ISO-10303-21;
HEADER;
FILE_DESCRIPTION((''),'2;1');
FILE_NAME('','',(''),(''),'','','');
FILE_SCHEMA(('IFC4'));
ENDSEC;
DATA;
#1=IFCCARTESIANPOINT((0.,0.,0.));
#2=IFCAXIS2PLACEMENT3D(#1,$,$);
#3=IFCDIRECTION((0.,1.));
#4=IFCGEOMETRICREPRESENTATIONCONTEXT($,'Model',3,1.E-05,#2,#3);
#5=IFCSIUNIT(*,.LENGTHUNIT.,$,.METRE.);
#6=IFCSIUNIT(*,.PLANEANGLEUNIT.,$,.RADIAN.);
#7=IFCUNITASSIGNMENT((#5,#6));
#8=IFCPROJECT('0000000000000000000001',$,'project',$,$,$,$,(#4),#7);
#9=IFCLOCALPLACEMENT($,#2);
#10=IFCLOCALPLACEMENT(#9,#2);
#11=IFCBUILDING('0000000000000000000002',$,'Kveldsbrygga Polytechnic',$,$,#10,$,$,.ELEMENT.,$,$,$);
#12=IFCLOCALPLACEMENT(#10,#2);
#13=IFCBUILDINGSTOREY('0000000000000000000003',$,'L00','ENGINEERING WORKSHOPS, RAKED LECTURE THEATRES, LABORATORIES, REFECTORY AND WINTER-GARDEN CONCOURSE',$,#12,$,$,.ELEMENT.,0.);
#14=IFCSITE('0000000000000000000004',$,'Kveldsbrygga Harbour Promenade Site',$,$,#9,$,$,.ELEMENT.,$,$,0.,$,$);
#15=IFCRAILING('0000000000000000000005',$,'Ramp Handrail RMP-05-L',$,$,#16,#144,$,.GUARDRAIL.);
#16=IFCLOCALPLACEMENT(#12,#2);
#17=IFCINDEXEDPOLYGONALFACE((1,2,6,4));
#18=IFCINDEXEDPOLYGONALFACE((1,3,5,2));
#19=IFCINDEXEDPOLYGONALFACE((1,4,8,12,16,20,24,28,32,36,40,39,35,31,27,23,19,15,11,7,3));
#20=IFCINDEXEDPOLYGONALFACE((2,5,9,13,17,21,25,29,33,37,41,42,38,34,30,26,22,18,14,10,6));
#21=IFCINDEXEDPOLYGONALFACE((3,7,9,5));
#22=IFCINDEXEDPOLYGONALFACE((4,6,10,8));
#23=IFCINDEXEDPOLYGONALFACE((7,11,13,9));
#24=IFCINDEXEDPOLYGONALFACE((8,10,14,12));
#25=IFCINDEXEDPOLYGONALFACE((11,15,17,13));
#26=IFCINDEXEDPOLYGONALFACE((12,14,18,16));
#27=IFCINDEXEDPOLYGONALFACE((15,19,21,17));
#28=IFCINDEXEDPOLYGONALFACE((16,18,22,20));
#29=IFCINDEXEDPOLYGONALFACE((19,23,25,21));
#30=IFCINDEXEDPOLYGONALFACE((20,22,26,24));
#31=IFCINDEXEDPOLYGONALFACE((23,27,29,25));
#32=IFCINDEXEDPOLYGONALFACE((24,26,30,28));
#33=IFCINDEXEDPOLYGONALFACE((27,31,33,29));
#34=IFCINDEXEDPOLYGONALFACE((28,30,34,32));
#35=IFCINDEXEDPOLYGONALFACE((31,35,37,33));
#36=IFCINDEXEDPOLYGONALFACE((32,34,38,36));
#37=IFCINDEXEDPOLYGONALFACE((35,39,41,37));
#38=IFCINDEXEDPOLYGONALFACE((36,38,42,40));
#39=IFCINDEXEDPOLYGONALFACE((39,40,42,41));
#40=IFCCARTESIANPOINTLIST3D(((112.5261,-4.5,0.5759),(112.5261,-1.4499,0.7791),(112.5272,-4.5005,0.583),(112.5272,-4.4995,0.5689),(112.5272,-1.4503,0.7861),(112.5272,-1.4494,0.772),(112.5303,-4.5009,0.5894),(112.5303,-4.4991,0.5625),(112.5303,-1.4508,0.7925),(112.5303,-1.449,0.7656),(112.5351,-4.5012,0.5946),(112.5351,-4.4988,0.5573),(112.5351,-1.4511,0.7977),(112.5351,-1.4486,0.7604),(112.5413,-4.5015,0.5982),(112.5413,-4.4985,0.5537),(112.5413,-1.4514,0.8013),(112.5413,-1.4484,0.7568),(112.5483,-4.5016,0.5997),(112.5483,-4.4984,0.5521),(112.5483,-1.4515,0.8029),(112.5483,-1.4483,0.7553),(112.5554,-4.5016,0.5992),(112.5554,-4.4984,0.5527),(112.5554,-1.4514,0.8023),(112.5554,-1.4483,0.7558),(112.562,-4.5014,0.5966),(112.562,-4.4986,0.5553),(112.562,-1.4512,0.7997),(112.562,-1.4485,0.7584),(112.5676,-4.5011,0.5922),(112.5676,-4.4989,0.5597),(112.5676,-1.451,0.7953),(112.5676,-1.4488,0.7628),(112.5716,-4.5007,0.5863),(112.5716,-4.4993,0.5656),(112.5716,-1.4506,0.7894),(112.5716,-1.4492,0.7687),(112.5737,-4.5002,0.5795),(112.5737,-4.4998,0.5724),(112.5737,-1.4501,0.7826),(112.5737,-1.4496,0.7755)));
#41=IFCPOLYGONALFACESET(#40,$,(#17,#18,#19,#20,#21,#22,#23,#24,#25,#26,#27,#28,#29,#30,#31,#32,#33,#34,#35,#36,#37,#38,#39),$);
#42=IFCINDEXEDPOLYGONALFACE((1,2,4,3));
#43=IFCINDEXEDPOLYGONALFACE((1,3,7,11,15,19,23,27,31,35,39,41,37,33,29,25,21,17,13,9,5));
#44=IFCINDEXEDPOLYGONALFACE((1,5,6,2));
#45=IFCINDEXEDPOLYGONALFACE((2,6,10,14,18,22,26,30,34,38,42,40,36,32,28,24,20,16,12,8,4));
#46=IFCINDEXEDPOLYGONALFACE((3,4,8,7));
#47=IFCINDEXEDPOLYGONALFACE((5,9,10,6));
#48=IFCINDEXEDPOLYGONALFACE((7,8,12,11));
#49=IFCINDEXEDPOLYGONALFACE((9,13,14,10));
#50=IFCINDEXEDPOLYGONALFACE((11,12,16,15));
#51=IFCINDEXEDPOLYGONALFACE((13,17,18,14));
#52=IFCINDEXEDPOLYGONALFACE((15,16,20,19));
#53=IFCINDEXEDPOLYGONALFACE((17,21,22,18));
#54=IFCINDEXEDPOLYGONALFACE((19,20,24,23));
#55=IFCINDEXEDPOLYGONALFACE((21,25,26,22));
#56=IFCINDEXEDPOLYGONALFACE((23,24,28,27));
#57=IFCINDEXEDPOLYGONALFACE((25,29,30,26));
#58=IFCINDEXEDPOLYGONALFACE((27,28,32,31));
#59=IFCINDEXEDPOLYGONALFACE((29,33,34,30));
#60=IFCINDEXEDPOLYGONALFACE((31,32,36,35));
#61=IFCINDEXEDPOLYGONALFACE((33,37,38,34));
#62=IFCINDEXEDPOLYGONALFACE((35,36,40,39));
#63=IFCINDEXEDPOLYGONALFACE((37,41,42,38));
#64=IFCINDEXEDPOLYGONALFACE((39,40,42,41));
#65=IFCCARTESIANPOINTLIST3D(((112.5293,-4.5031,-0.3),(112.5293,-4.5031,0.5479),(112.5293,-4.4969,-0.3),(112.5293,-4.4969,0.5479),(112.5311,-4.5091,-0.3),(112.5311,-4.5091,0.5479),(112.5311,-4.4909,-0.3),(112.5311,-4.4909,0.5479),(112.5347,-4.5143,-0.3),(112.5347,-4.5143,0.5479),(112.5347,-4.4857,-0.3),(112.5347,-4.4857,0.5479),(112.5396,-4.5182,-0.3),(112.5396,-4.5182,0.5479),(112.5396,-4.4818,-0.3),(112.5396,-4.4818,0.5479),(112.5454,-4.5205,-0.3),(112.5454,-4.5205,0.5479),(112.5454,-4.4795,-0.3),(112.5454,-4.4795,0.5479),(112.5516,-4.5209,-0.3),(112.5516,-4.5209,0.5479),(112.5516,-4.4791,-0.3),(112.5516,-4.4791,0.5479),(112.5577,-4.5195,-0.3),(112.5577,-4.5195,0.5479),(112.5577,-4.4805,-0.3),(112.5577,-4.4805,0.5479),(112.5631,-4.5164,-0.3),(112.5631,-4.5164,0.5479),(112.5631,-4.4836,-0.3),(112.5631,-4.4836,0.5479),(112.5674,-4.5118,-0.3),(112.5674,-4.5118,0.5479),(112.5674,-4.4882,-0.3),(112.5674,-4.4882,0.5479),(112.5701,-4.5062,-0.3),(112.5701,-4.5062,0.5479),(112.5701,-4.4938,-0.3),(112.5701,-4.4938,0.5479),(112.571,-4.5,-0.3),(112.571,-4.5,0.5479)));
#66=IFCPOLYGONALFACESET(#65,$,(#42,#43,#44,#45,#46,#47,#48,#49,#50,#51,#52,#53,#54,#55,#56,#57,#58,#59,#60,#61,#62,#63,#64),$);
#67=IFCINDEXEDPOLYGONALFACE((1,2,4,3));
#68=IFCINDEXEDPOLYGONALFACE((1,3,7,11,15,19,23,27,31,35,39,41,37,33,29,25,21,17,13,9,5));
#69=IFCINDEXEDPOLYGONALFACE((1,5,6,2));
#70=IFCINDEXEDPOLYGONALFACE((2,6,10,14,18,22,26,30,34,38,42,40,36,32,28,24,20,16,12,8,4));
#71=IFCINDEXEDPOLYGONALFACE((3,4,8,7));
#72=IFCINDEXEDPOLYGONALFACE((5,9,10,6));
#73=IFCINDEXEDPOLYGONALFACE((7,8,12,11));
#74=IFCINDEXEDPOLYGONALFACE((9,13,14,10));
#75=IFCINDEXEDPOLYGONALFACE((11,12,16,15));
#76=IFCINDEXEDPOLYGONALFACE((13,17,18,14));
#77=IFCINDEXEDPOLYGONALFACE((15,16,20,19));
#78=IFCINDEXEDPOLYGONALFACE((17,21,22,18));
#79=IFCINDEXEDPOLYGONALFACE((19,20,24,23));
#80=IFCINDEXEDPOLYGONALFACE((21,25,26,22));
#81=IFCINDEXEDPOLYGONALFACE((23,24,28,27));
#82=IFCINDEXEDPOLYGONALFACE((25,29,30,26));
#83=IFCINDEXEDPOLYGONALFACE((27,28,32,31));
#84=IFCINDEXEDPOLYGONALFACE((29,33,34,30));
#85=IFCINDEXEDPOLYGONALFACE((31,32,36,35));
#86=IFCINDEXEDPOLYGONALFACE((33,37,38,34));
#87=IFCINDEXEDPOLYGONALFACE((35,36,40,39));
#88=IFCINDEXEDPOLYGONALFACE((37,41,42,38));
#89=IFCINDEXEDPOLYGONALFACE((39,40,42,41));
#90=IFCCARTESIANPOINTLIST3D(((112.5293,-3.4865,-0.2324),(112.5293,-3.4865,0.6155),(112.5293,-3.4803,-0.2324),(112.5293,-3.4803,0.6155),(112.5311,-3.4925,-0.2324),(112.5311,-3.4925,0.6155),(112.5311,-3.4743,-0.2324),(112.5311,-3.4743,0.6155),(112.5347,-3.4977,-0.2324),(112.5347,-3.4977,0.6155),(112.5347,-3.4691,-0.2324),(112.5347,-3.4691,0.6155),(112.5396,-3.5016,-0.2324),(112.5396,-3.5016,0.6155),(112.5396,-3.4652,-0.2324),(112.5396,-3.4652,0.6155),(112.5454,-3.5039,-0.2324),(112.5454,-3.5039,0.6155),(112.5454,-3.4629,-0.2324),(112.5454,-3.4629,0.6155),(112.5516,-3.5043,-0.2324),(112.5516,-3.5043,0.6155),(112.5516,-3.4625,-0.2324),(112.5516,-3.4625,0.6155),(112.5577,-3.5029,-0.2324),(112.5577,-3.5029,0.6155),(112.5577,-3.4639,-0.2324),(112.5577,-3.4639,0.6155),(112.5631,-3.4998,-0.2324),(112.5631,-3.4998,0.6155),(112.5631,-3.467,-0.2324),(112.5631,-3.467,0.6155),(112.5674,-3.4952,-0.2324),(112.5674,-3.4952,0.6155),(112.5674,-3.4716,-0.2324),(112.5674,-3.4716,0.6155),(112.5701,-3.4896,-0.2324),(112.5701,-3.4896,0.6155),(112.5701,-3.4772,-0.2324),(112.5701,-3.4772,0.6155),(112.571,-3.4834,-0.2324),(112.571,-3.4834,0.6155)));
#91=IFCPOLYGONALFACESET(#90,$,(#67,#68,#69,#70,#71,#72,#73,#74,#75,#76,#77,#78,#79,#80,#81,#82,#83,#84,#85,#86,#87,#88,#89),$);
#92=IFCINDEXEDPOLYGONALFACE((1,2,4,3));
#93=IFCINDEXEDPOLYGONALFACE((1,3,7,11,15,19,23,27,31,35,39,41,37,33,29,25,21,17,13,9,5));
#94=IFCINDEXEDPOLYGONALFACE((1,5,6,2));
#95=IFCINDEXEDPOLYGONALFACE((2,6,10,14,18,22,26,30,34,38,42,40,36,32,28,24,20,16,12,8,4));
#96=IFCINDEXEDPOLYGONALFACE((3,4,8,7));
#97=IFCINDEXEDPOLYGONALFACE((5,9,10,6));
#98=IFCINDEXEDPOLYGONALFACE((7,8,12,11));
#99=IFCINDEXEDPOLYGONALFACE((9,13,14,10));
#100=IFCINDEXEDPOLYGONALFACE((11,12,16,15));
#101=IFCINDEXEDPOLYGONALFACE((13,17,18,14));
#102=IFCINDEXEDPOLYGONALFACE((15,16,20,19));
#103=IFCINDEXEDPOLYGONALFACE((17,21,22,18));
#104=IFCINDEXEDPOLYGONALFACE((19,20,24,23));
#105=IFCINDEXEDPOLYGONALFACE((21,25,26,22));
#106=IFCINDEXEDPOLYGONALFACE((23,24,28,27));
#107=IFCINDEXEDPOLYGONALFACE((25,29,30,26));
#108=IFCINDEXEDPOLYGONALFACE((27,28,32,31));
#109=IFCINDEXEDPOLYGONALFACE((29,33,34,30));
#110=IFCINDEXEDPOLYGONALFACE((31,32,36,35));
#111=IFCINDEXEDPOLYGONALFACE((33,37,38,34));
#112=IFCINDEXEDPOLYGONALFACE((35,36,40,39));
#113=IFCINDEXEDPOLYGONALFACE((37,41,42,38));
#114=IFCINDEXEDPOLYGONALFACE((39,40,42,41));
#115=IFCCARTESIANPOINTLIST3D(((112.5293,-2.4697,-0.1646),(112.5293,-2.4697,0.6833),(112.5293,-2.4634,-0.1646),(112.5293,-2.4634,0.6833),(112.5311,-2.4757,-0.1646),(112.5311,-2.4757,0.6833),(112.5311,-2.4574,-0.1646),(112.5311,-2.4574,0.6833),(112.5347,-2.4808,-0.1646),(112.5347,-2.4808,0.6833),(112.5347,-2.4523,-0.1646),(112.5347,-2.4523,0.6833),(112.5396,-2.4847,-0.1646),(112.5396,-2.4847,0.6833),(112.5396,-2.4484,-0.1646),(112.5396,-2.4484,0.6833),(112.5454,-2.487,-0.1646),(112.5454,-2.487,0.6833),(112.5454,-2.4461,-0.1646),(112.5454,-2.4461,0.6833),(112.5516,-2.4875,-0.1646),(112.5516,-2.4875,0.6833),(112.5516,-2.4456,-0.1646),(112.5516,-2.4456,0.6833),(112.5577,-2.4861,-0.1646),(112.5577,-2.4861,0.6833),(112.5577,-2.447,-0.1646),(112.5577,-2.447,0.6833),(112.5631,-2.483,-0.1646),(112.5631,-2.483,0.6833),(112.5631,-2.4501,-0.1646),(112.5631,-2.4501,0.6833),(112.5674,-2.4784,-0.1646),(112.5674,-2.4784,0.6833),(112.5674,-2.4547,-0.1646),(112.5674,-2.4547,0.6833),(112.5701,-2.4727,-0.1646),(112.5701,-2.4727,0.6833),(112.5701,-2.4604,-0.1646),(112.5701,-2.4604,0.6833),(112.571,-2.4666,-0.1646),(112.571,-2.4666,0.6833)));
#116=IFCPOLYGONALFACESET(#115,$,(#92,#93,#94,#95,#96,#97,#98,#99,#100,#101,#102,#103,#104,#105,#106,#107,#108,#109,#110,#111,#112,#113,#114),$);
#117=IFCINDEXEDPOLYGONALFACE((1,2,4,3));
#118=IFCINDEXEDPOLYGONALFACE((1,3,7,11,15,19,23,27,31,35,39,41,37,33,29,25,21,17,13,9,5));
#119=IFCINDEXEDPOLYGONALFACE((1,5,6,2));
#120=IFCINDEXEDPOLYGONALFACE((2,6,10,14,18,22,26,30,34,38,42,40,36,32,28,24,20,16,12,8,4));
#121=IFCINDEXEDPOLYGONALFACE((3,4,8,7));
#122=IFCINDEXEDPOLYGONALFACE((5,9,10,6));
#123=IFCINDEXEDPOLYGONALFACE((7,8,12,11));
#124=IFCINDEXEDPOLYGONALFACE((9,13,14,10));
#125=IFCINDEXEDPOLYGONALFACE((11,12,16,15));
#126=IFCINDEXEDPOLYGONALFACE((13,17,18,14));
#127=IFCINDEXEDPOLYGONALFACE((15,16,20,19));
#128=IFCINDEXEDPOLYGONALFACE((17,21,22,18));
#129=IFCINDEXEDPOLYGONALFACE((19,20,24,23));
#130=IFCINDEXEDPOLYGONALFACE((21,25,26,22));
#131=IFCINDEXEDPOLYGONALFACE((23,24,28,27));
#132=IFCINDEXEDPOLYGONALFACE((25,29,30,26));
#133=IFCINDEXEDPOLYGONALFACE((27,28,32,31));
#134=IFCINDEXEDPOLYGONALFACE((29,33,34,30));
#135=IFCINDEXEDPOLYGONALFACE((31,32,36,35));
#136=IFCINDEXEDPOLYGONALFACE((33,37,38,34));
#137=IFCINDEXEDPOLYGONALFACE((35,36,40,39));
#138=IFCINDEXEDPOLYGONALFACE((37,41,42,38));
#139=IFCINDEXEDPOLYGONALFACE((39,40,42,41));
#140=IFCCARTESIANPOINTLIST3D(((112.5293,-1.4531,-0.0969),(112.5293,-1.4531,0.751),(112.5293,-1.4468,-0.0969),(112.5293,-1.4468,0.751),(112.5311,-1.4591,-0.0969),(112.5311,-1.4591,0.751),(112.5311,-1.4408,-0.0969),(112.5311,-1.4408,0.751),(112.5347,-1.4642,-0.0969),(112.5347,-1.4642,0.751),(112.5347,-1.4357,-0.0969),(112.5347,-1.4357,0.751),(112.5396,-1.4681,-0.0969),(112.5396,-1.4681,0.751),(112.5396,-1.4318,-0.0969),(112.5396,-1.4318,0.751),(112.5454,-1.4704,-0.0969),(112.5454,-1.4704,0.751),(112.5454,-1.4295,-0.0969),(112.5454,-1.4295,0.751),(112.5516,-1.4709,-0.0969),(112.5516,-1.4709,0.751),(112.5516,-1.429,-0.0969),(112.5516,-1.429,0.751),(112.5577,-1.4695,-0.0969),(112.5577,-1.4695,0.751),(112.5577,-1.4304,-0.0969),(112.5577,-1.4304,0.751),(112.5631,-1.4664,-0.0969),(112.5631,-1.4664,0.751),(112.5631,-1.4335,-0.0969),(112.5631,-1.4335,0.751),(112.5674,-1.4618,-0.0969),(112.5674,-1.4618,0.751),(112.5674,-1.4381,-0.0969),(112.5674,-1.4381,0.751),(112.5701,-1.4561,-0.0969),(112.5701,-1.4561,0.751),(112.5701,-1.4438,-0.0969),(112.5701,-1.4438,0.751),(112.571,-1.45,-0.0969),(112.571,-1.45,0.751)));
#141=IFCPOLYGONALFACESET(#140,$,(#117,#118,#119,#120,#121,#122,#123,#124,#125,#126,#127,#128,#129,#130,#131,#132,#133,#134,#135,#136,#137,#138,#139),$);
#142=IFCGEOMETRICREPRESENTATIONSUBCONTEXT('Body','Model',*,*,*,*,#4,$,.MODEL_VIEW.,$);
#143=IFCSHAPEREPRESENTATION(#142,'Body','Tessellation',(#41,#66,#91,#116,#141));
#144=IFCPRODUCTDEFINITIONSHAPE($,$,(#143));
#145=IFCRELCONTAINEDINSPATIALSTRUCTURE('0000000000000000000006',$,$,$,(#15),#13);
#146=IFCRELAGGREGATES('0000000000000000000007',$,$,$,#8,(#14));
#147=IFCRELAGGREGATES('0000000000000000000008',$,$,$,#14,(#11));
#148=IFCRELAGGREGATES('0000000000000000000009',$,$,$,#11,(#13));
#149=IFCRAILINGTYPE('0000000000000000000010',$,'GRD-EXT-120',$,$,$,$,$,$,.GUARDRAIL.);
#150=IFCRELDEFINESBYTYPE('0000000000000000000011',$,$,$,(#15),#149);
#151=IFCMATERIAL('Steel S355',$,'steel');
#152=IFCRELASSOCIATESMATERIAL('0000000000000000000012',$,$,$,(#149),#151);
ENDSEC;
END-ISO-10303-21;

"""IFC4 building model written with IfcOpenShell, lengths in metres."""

from ifc_helpers import new_model, si_unit, direction, frame, origin, origin_2d, place, context, subcontext, project, spatial, circle, extrude, material, type_object, element, save


model = new_model("IFC4")

# Units and contexts
model_context = context("Model", 3, precision=1e-05, world=origin(), true_north=direction((0.0, 1.0)))
body_context = subcontext(model_context, "Body", "Model", "MODEL_VIEW")
ifc_project = project(units=[si_unit("LENGTHUNIT", "METRE"), si_unit("PLANEANGLEUNIT", "RADIAN")], contexts=[model_context])

# Site, building, storey
site_placement = place(None, origin())
site = spatial("IfcSite", under=ifc_project, at=site_placement, Name="Kveldsbrygga Harbour Promenade Site", CompositionType="ELEMENT", RefElevation=0.0)
building_placement = place(site_placement, origin())
building = spatial("IfcBuilding", under=site, at=building_placement, Name="Kveldsbrygga Polytechnic", CompositionType="ELEMENT")
storey_placement = place(building_placement, origin())
storey = spatial("IfcBuildingStorey", under=building, at=storey_placement, Name="L00", Description="ENGINEERING WORKSHOPS, RAKED LECTURE THEATRES, LABORATORIES, REFECTORY AND WINTER-GARDEN CONCOURSE", CompositionType="ELEMENT", Elevation=0.0)

# Shared definitions
ifc_material_1 = material(Name="Steel S355", Category="steel")

# Railing
railing_type = type_object("IfcRailingType", Name="GRD-EXT-120", PredefinedType="GUARDRAIL", material=ifc_material_1)
for number, where, name in (
    (1, (112.55, -4.5, -0.3), "Ramp Handrail RMP-05-L"),
):
    element("IfcRailing", number, at=place(storey_placement, frame(where)), inside=storey, type_object=railing_type, Name=name, PredefinedType="GUARDRAIL", context=body_context, shape_type="SweptSolid", body=[
        extrude(circle(Radius=0.0239, at=origin_2d()), frame((0.0, 0.0, 0.876), z_axis=(0.0, 0.99779, 0.06645), x_axis=(-1.0, 0.0, 0.0)), (0.0, 0.0, 1.0), 3.0569),
        extrude(circle(Radius=0.021, at=origin_2d()), origin(), (0.0, 0.0, 1.0), 0.8479),
        extrude(circle(Radius=0.021, at=origin_2d()), frame((0.0, 1.0166, 0.0676)), (0.0, 0.0, 1.0), 0.8479),
        extrude(circle(Radius=0.021, at=origin_2d()), frame((0.0, 2.0334, 0.1355)), (0.0, 0.0, 1.0), 0.8479),
        extrude(circle(Radius=0.021, at=origin_2d()), frame((0.0, 3.05, 0.2031)), (0.0, 0.0, 1.0), 0.8479),
    ])

save(model, "model.ifc")
